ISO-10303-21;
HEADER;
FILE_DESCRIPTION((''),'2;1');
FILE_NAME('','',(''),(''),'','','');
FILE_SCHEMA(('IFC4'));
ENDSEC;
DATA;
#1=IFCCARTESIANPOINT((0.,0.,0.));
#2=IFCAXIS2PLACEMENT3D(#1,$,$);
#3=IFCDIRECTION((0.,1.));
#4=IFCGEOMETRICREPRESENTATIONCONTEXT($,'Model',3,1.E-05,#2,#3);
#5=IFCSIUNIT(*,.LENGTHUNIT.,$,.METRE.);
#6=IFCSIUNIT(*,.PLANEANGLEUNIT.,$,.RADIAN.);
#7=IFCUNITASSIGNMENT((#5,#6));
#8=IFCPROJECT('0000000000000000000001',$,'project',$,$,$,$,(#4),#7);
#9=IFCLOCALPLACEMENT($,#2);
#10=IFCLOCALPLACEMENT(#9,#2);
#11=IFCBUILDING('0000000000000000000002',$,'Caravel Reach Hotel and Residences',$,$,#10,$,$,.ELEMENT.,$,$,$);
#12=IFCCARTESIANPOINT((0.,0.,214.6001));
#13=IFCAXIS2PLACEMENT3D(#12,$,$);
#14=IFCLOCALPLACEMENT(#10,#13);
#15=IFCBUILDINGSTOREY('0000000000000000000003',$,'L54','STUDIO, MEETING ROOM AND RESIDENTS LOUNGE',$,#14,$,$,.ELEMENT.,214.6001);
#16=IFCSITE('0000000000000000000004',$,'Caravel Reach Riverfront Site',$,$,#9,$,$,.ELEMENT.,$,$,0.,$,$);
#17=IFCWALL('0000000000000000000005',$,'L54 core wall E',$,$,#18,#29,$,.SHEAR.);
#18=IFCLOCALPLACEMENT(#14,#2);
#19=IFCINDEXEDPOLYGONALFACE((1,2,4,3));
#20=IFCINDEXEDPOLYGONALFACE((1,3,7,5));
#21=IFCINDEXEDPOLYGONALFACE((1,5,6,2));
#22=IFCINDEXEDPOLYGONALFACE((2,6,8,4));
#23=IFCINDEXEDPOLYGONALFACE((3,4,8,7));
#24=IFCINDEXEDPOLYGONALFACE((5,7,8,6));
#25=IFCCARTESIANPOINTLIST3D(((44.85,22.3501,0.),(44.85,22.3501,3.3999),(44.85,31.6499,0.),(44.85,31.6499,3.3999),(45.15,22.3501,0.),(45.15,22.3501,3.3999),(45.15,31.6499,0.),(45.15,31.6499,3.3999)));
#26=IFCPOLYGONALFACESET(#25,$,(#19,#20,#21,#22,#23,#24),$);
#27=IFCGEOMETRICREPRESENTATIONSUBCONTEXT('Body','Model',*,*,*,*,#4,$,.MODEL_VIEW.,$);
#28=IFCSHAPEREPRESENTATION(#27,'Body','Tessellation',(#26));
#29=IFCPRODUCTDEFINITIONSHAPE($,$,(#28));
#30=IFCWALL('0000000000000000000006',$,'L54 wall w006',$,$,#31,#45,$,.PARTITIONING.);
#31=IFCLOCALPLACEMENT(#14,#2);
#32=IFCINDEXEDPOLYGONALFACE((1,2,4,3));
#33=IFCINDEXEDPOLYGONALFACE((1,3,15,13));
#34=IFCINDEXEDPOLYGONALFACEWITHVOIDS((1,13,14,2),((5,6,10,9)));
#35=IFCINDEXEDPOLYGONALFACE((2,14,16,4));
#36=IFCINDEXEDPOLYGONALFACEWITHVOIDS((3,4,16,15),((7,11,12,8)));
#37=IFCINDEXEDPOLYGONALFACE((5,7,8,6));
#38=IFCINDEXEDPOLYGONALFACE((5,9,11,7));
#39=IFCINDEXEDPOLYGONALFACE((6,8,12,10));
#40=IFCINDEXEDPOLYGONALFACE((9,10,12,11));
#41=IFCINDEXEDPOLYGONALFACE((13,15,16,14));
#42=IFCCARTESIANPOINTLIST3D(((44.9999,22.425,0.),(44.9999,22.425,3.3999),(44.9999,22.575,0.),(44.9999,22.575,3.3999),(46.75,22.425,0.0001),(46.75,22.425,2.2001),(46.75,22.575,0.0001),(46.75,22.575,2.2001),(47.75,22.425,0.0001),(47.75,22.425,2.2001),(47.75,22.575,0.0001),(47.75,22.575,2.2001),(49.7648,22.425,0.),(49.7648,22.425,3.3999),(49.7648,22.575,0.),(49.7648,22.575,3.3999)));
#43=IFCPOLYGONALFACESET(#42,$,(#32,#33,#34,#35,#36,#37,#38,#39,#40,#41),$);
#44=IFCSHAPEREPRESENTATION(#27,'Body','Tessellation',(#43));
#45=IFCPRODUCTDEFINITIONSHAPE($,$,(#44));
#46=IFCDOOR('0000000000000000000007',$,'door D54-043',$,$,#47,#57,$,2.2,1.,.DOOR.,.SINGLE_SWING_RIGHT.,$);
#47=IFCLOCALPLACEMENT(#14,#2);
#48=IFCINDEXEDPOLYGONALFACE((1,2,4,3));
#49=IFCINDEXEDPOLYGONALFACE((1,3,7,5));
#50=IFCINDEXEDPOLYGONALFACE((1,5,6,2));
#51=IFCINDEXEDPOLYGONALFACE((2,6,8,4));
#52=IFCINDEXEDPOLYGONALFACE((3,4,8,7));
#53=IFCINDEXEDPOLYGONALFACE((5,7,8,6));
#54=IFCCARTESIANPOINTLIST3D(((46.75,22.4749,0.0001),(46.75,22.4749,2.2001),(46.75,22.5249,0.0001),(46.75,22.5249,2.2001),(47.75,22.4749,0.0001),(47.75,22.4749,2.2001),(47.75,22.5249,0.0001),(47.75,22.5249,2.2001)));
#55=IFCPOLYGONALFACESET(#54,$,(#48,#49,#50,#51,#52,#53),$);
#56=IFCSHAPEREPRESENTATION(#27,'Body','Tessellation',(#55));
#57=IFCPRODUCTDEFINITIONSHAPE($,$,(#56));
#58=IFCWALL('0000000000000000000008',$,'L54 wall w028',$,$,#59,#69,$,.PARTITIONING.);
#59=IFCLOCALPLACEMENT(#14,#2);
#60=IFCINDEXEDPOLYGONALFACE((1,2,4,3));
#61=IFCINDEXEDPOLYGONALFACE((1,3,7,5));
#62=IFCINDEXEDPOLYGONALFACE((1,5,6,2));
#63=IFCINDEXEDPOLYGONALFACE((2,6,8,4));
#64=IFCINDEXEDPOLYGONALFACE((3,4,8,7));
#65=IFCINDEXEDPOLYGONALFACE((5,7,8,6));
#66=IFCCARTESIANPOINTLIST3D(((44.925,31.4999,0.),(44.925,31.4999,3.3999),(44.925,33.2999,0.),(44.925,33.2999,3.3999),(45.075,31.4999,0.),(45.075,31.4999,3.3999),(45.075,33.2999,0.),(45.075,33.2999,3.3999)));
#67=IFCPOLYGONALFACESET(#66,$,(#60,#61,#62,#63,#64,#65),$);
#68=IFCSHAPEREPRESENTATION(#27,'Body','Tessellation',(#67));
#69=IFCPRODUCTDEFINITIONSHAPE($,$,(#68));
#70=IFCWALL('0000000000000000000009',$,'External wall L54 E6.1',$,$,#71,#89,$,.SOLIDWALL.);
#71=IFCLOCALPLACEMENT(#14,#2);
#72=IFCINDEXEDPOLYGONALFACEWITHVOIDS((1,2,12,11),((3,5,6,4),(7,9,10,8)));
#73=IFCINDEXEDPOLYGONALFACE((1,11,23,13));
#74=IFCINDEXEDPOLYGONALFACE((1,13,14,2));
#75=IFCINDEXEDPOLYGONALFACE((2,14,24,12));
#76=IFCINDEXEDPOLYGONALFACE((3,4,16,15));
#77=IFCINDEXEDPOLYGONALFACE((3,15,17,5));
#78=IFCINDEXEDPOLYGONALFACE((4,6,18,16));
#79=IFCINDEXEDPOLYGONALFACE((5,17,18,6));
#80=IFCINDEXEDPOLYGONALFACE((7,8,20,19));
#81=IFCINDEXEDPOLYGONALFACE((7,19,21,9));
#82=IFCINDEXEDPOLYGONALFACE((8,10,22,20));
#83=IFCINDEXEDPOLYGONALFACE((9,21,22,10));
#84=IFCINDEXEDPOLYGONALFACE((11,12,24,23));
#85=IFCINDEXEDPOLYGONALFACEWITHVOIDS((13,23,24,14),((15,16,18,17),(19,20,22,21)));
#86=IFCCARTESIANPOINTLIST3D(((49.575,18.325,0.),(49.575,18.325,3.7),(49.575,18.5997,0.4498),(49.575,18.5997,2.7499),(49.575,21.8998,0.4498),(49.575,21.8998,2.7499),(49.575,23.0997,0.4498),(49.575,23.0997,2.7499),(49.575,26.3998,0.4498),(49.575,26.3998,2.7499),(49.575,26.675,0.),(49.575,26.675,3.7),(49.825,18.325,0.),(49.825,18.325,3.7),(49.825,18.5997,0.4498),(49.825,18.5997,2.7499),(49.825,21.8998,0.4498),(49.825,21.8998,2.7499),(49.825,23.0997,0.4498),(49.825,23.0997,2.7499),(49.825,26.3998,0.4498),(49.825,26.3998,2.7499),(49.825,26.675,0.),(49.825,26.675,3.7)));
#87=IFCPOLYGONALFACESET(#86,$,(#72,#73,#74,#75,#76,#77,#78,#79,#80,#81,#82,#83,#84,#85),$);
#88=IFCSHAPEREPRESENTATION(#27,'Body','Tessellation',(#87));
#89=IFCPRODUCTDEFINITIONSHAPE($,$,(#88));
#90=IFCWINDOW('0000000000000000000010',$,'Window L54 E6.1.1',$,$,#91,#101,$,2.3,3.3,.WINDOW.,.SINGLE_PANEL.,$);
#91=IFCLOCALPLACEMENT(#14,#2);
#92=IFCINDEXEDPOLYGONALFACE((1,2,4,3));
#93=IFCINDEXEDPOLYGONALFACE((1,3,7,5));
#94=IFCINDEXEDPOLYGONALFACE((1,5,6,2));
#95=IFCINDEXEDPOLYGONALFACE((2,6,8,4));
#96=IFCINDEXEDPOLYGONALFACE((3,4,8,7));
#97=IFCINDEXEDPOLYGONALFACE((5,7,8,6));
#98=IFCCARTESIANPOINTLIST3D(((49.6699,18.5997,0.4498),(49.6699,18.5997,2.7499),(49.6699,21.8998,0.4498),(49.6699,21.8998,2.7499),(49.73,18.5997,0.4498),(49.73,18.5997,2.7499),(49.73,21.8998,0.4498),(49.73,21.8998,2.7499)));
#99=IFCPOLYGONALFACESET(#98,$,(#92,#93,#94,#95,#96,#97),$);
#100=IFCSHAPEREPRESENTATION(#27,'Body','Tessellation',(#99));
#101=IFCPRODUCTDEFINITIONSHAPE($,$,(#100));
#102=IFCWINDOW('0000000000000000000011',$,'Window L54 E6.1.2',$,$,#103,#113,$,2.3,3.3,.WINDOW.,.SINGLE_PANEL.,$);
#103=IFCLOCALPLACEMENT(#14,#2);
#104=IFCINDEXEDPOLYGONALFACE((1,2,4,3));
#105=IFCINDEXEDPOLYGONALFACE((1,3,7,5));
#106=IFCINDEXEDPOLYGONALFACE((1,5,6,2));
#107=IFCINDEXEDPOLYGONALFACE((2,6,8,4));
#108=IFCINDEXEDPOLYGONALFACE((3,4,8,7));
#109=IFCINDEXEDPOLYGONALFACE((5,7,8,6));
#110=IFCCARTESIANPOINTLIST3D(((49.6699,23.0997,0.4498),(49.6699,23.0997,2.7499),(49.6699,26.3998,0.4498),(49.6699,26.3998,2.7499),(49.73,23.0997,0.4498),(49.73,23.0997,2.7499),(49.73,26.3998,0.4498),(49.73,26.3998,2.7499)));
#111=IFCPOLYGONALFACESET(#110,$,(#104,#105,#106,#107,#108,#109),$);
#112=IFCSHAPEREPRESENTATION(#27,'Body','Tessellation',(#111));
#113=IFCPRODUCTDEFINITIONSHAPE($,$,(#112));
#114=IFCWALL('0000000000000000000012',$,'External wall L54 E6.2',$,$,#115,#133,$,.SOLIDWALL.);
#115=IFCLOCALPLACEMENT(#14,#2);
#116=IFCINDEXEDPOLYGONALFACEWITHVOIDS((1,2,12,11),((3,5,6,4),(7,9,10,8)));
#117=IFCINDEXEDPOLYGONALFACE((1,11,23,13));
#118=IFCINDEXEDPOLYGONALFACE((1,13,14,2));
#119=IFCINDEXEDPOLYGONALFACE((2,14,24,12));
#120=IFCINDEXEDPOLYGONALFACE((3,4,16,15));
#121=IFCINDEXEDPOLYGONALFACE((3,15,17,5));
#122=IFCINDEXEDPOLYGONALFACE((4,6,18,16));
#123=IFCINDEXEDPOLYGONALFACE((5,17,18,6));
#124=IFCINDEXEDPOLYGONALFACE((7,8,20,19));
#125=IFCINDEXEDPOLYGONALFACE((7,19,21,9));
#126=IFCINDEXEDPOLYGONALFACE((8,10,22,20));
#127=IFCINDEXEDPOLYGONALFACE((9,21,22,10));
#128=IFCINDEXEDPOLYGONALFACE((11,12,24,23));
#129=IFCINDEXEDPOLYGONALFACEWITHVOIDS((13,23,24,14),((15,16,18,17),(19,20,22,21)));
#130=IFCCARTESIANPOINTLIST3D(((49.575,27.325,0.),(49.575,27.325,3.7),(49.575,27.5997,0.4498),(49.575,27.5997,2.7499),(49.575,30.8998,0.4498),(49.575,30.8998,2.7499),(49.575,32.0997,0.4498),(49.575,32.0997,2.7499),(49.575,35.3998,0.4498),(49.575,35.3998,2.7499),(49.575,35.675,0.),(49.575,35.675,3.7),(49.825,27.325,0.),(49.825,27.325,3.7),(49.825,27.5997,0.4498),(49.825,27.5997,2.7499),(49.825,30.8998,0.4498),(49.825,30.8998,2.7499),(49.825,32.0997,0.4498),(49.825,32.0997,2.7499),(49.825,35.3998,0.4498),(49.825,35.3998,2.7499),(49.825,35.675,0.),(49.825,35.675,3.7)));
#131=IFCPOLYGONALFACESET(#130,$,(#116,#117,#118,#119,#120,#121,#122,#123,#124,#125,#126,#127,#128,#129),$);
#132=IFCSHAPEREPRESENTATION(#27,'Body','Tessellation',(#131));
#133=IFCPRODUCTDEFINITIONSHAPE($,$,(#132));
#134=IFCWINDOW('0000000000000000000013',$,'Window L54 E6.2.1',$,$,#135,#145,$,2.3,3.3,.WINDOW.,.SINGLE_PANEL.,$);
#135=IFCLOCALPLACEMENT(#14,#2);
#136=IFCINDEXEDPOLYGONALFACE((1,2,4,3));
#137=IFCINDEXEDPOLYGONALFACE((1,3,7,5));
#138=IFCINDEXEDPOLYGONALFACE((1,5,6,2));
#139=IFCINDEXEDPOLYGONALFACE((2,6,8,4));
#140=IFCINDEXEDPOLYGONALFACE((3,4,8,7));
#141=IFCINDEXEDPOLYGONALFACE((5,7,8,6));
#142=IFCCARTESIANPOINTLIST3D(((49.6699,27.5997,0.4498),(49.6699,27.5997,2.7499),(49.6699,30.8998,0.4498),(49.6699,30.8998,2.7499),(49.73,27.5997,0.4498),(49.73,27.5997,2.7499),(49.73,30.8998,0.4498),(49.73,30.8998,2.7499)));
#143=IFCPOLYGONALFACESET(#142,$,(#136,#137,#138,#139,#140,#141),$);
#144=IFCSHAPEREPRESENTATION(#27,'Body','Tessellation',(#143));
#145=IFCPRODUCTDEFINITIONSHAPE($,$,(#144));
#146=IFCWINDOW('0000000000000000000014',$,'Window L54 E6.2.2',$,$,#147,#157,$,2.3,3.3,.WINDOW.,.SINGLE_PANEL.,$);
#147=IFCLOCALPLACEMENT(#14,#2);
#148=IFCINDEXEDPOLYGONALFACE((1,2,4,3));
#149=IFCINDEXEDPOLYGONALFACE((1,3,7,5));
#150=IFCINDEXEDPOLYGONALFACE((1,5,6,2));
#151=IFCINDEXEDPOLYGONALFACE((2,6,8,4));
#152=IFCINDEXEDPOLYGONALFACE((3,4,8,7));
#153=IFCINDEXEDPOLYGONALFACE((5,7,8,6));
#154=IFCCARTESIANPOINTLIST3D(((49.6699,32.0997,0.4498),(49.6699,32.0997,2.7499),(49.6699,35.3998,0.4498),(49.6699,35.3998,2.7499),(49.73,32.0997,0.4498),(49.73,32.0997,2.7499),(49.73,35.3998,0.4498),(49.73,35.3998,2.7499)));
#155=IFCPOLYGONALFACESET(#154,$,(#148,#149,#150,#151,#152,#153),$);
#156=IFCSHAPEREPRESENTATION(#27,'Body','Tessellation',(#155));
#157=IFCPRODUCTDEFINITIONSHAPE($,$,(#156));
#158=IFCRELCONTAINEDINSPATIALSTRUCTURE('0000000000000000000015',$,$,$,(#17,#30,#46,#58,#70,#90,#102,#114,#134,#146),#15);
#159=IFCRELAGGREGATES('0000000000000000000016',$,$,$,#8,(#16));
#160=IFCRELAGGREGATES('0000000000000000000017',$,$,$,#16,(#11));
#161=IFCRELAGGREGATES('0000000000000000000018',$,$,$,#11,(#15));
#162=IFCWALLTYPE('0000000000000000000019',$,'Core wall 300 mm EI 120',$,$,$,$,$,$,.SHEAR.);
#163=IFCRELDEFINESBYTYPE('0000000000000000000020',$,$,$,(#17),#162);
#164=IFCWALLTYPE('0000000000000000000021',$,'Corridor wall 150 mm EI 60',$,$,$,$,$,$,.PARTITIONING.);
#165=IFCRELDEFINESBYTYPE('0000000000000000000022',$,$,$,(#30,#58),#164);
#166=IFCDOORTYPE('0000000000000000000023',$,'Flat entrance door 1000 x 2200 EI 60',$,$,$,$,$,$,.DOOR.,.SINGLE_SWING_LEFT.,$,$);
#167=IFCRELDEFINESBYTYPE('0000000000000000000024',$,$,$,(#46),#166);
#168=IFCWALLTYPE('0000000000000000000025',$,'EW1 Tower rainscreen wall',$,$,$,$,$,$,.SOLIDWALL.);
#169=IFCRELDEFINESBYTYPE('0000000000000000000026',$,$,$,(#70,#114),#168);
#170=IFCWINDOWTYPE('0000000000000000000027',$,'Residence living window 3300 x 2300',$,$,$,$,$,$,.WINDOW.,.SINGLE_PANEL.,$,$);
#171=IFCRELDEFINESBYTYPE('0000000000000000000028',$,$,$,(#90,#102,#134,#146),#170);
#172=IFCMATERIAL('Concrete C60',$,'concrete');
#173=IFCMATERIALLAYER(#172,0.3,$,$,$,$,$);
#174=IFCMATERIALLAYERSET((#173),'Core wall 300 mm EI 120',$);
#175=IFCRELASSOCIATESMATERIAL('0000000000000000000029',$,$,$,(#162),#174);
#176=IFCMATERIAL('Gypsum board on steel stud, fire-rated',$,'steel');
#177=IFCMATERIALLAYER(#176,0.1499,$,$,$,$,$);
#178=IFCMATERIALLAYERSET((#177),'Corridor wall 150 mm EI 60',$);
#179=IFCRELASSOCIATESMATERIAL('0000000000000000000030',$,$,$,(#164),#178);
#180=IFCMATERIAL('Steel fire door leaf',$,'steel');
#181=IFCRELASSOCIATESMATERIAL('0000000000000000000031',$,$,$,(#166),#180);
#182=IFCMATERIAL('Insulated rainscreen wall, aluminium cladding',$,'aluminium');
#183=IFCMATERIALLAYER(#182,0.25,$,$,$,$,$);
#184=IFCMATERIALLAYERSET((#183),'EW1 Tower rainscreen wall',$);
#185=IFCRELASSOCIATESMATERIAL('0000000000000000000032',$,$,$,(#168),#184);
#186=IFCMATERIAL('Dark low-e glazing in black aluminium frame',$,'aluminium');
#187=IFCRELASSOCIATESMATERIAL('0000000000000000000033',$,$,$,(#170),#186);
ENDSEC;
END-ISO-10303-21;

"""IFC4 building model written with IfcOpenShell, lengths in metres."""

from ifc_helpers import new_model, si_unit, direction, frame, frame_2d, origin, place, context, subcontext, project, spatial, rectangle, extrude, material, layer, layer_set, type_object, element, fill, save


model = new_model("IFC4")

# Units and contexts
model_context = context("Model", 3, precision=1e-05, world=origin(), true_north=direction((0.0, 1.0)))
body_context = subcontext(model_context, "Body", "Model", "MODEL_VIEW")
ifc_project = project(units=[si_unit("LENGTHUNIT", "METRE"), si_unit("PLANEANGLEUNIT", "RADIAN")], contexts=[model_context])

# Site, building, storey
site_placement = place(None, origin())
site = spatial("IfcSite", under=ifc_project, at=site_placement, Name="Caravel Reach Riverfront Site", CompositionType="ELEMENT", RefElevation=0.0)
building_placement = place(site_placement, origin())
building = spatial("IfcBuilding", under=site, at=building_placement, Name="Caravel Reach Hotel and Residences", CompositionType="ELEMENT")
storey_placement = place(building_placement, frame((0.0, 0.0, 214.6001)))
storey = spatial("IfcBuildingStorey", under=building, at=storey_placement, Name="L54", Description="STUDIO, MEETING ROOM AND RESIDENTS LOUNGE", CompositionType="ELEMENT", Elevation=214.6001)

# Wall
ifc_material_1 = material(Name="Concrete C60", Category="concrete")
ifc_layer_1 = layer(ifc_material_1, 0.3)
ifc_layer_set_1 = layer_set([ifc_layer_1], Name="Core wall 300 mm EI 120")
wall_type_1 = type_object("IfcWallType", Name="Core wall 300 mm EI 120", PredefinedType="SHEAR", material=ifc_layer_set_1)
wall_1_placement = place(storey_placement, frame((45.0, 22.3501, 0.0), z_axis=(0.0, 0.0, 1.0), x_axis=(0.0, 1.0, 0.0)))
element("IfcWall", 1, at=wall_1_placement, inside=storey, type_object=wall_type_1, Name="L54 core wall E", PredefinedType="SHEAR", context=body_context, shape_type="SweptSolid", body=[
    extrude(rectangle(XDim=9.2998, YDim=0.3, at=frame_2d((4.6499, 0.0))), origin(), (0.0, 0.0, 1.0), 3.3999),
])

# Wall, opening, door
ifc_material_2 = material(Name="Gypsum board on steel stud, fire-rated", Category="steel")
ifc_layer_2 = layer(ifc_material_2, 0.1499)
ifc_layer_set_2 = layer_set([ifc_layer_2], Name="Corridor wall 150 mm EI 60")
wall_type_2 = type_object("IfcWallType", Name="Corridor wall 150 mm EI 60", PredefinedType="PARTITIONING", material=ifc_layer_set_2)
wall_2_placement = place(storey_placement, frame((45.0, 22.5, 0.0), z_axis=(0.0, 0.0, 1.0), x_axis=(1.0, 0.0, 0.0)))
wall_2 = element("IfcWall", 2, at=wall_2_placement, inside=storey, type_object=wall_type_2, Name="L54 wall w006", PredefinedType="PARTITIONING", context=body_context, shape_type="SweptSolid", body=[
    extrude(rectangle(XDim=4.7649, YDim=0.1499, at=frame_2d((2.3823, 0.0))), origin(), (0.0, 0.0, 1.0), 3.3999),
])
opening_1_placement = place(wall_2_placement, frame((1.75, 0.0, 0.0)))
opening_1 = element("IfcOpeningElement", 3, at=opening_1_placement, cuts=wall_2, PredefinedType="OPENING", context=body_context, shape_type="SweptSolid", body=[
    extrude(rectangle(XDim=1.0, YDim=2.2, at=frame_2d((0.5, 1.1001))), frame((0.0, 0.085, 0.0), z_axis=(0.0, -1.0, 0.0), x_axis=(1.0, 0.0, 0.0)), (0.0, 0.0, 1.0), 0.1699),
])
ifc_material_3 = material(Name="Steel fire door leaf", Category="steel")
door_type_1 = type_object("IfcDoorType", Name="Flat entrance door 1000 x 2200 EI 60", OperationType="SINGLE_SWING_LEFT", PredefinedType="DOOR", material=ifc_material_3)
door_1_placement = place(opening_1_placement, origin())
door_1 = element("IfcDoor", 4, at=door_1_placement, inside=storey, type_object=door_type_1, Name="door D54-043", OperationType="SINGLE_SWING_RIGHT", OverallHeight=2.2, OverallWidth=1.0, PredefinedType="DOOR", context=body_context, shape_type="SweptSolid", body=[
    extrude(rectangle(XDim=1.0, YDim=2.2, at=frame_2d((0.5, 1.1001))), frame((0.0, 0.0249, 0.0), z_axis=(0.0, -1.0, 0.0), x_axis=(1.0, 0.0, 0.0)), (0.0, 0.0, 1.0), 0.05),
])
fill(opening_1, door_1)

# Wall
wall_3_placement = place(storey_placement, frame((45.0, 31.5, 0.0), z_axis=(0.0, 0.0, 1.0), x_axis=(0.0, 1.0, 0.0)))
element("IfcWall", 5, at=wall_3_placement, inside=storey, type_object=wall_type_2, Name="L54 wall w028", PredefinedType="PARTITIONING", context=body_context, shape_type="SweptSolid", body=[
    extrude(rectangle(XDim=1.8, YDim=0.1499, at=frame_2d((0.8999, 0.0))), origin(), (0.0, 0.0, 1.0), 3.3999),
])

# Walls, openings, windows
ifc_material_4 = material(Name="Insulated rainscreen wall, aluminium cladding", Category="aluminium")
ifc_layer_3 = layer(ifc_material_4, 0.25)
ifc_layer_set_3 = layer_set([ifc_layer_3], Name="EW1 Tower rainscreen wall")
wall_type_3 = type_object("IfcWallType", Name="EW1 Tower rainscreen wall", PredefinedType="SOLIDWALL", material=ifc_layer_set_3)
wall_4_placement = place(storey_placement, frame((49.7, 18.325, 0.0), z_axis=(0.0, 0.0, 1.0), x_axis=(0.0, 1.0, 0.0)))
wall_4 = element("IfcWall", 6, at=wall_4_placement, inside=storey, type_object=wall_type_3, Name="External wall L54 E6.1", PredefinedType="SOLIDWALL", context=body_context, shape_type="SweptSolid", body=[
    extrude(rectangle(XDim=8.3501, YDim=0.25, at=frame_2d((4.175, 0.0))), origin(), (0.0, 0.0, 1.0), 3.7),
])
opening_2_placement = place(wall_4_placement, frame((0.2749, 0.0, 0.45)))
opening_2 = element("IfcOpeningElement", 7, at=opening_2_placement, cuts=wall_4, PredefinedType="OPENING", context=body_context, shape_type="SweptSolid", body=[
    extrude(rectangle(XDim=3.3, YDim=2.3, at=frame_2d((1.6499, 1.1499))), frame((0.0, 0.135, 0.0), z_axis=(0.0, -1.0, 0.0), x_axis=(1.0, 0.0, 0.0)), (0.0, 0.0, 1.0), 0.27),
])
opening_3_placement = place(wall_4_placement, frame((4.7749, 0.0, 0.45)))
opening_3 = element("IfcOpeningElement", 8, at=opening_3_placement, cuts=wall_4, PredefinedType="OPENING", context=body_context, shape_type="SweptSolid", body=[
    extrude(rectangle(XDim=3.3, YDim=2.3, at=frame_2d((1.6499, 1.1499))), frame((0.0, 0.135, 0.0), z_axis=(0.0, -1.0, 0.0), x_axis=(1.0, 0.0, 0.0)), (0.0, 0.0, 1.0), 0.27),
])
ifc_material_5 = material(Name="Dark low-e glazing in black aluminium frame", Category="aluminium")
window_type = type_object("IfcWindowType", Name="Residence living window 3300 x 2300", PartitioningType="SINGLE_PANEL", PredefinedType="WINDOW", material=ifc_material_5)
window_1_placement = place(opening_2_placement, origin())
window_1 = element("IfcWindow", 9, at=window_1_placement, inside=storey, type_object=window_type, Name="Window L54 E6.1.1", OverallHeight=2.3, OverallWidth=3.3, PartitioningType="SINGLE_PANEL", PredefinedType="WINDOW", context=body_context, shape_type="SweptSolid", body=[
    extrude(rectangle(XDim=3.3, YDim=2.3, at=frame_2d((1.6499, 1.1499))), frame((0.0, 0.03, 0.0), z_axis=(0.0, -1.0, 0.0), x_axis=(1.0, 0.0, 0.0)), (0.0, 0.0, 1.0), 0.0601),
])
fill(opening_2, window_1)
window_2_placement = place(opening_3_placement, origin())
window_2 = element("IfcWindow", 10, at=window_2_placement, inside=storey, type_object=window_type, Name="Window L54 E6.1.2", OverallHeight=2.3, OverallWidth=3.3, PartitioningType="SINGLE_PANEL", PredefinedType="WINDOW", context=body_context, shape_type="SweptSolid", body=[
    extrude(rectangle(XDim=3.3, YDim=2.3, at=frame_2d((1.6499, 1.1499))), frame((0.0, 0.03, 0.0), z_axis=(0.0, -1.0, 0.0), x_axis=(1.0, 0.0, 0.0)), (0.0, 0.0, 1.0), 0.0601),
])
fill(opening_3, window_2)
wall_5_placement = place(storey_placement, frame((49.7, 27.325, 0.0), z_axis=(0.0, 0.0, 1.0), x_axis=(0.0, 1.0, 0.0)))
wall_5 = element("IfcWall", 11, at=wall_5_placement, inside=storey, type_object=wall_type_3, Name="External wall L54 E6.2", PredefinedType="SOLIDWALL", context=body_context, shape_type="SweptSolid", body=[
    extrude(rectangle(XDim=8.3501, YDim=0.25, at=frame_2d((4.175, 0.0))), origin(), (0.0, 0.0, 1.0), 3.7),
])
opening_4_placement = place(wall_5_placement, frame((0.2749, 0.0, 0.45)))
opening_4 = element("IfcOpeningElement", 12, at=opening_4_placement, cuts=wall_5, PredefinedType="OPENING", context=body_context, shape_type="SweptSolid", body=[
    extrude(rectangle(XDim=3.3, YDim=2.3, at=frame_2d((1.6499, 1.1499))), frame((0.0, 0.135, 0.0), z_axis=(0.0, -1.0, 0.0), x_axis=(1.0, 0.0, 0.0)), (0.0, 0.0, 1.0), 0.27),
])
opening_5_placement = place(wall_5_placement, frame((4.7749, 0.0, 0.45)))
opening_5 = element("IfcOpeningElement", 13, at=opening_5_placement, cuts=wall_5, PredefinedType="OPENING", context=body_context, shape_type="SweptSolid", body=[
    extrude(rectangle(XDim=3.3, YDim=2.3, at=frame_2d((1.6499, 1.1499))), frame((0.0, 0.135, 0.0), z_axis=(0.0, -1.0, 0.0), x_axis=(1.0, 0.0, 0.0)), (0.0, 0.0, 1.0), 0.27),
])
window_3_placement = place(opening_4_placement, origin())
window_3 = element("IfcWindow", 14, at=window_3_placement, inside=storey, type_object=window_type, Name="Window L54 E6.2.1", OverallHeight=2.3, OverallWidth=3.3, PartitioningType="SINGLE_PANEL", PredefinedType="WINDOW", context=body_context, shape_type="SweptSolid", body=[
    extrude(rectangle(XDim=3.3, YDim=2.3, at=frame_2d((1.6499, 1.1499))), frame((0.0, 0.03, 0.0), z_axis=(0.0, -1.0, 0.0), x_axis=(1.0, 0.0, 0.0)), (0.0, 0.0, 1.0), 0.0601),
])
fill(opening_4, window_3)
window_4_placement = place(opening_5_placement, origin())
window_4 = element("IfcWindow", 15, at=window_4_placement, inside=storey, type_object=window_type, Name="Window L54 E6.2.2", OverallHeight=2.3, OverallWidth=3.3, PartitioningType="SINGLE_PANEL", PredefinedType="WINDOW", context=body_context, shape_type="SweptSolid", body=[
    extrude(rectangle(XDim=3.3, YDim=2.3, at=frame_2d((1.6499, 1.1499))), frame((0.0, 0.03, 0.0), z_axis=(0.0, -1.0, 0.0), x_axis=(1.0, 0.0, 0.0)), (0.0, 0.0, 1.0), 0.0601),
])
fill(opening_5, window_4)

save(model, "model.ifc")
